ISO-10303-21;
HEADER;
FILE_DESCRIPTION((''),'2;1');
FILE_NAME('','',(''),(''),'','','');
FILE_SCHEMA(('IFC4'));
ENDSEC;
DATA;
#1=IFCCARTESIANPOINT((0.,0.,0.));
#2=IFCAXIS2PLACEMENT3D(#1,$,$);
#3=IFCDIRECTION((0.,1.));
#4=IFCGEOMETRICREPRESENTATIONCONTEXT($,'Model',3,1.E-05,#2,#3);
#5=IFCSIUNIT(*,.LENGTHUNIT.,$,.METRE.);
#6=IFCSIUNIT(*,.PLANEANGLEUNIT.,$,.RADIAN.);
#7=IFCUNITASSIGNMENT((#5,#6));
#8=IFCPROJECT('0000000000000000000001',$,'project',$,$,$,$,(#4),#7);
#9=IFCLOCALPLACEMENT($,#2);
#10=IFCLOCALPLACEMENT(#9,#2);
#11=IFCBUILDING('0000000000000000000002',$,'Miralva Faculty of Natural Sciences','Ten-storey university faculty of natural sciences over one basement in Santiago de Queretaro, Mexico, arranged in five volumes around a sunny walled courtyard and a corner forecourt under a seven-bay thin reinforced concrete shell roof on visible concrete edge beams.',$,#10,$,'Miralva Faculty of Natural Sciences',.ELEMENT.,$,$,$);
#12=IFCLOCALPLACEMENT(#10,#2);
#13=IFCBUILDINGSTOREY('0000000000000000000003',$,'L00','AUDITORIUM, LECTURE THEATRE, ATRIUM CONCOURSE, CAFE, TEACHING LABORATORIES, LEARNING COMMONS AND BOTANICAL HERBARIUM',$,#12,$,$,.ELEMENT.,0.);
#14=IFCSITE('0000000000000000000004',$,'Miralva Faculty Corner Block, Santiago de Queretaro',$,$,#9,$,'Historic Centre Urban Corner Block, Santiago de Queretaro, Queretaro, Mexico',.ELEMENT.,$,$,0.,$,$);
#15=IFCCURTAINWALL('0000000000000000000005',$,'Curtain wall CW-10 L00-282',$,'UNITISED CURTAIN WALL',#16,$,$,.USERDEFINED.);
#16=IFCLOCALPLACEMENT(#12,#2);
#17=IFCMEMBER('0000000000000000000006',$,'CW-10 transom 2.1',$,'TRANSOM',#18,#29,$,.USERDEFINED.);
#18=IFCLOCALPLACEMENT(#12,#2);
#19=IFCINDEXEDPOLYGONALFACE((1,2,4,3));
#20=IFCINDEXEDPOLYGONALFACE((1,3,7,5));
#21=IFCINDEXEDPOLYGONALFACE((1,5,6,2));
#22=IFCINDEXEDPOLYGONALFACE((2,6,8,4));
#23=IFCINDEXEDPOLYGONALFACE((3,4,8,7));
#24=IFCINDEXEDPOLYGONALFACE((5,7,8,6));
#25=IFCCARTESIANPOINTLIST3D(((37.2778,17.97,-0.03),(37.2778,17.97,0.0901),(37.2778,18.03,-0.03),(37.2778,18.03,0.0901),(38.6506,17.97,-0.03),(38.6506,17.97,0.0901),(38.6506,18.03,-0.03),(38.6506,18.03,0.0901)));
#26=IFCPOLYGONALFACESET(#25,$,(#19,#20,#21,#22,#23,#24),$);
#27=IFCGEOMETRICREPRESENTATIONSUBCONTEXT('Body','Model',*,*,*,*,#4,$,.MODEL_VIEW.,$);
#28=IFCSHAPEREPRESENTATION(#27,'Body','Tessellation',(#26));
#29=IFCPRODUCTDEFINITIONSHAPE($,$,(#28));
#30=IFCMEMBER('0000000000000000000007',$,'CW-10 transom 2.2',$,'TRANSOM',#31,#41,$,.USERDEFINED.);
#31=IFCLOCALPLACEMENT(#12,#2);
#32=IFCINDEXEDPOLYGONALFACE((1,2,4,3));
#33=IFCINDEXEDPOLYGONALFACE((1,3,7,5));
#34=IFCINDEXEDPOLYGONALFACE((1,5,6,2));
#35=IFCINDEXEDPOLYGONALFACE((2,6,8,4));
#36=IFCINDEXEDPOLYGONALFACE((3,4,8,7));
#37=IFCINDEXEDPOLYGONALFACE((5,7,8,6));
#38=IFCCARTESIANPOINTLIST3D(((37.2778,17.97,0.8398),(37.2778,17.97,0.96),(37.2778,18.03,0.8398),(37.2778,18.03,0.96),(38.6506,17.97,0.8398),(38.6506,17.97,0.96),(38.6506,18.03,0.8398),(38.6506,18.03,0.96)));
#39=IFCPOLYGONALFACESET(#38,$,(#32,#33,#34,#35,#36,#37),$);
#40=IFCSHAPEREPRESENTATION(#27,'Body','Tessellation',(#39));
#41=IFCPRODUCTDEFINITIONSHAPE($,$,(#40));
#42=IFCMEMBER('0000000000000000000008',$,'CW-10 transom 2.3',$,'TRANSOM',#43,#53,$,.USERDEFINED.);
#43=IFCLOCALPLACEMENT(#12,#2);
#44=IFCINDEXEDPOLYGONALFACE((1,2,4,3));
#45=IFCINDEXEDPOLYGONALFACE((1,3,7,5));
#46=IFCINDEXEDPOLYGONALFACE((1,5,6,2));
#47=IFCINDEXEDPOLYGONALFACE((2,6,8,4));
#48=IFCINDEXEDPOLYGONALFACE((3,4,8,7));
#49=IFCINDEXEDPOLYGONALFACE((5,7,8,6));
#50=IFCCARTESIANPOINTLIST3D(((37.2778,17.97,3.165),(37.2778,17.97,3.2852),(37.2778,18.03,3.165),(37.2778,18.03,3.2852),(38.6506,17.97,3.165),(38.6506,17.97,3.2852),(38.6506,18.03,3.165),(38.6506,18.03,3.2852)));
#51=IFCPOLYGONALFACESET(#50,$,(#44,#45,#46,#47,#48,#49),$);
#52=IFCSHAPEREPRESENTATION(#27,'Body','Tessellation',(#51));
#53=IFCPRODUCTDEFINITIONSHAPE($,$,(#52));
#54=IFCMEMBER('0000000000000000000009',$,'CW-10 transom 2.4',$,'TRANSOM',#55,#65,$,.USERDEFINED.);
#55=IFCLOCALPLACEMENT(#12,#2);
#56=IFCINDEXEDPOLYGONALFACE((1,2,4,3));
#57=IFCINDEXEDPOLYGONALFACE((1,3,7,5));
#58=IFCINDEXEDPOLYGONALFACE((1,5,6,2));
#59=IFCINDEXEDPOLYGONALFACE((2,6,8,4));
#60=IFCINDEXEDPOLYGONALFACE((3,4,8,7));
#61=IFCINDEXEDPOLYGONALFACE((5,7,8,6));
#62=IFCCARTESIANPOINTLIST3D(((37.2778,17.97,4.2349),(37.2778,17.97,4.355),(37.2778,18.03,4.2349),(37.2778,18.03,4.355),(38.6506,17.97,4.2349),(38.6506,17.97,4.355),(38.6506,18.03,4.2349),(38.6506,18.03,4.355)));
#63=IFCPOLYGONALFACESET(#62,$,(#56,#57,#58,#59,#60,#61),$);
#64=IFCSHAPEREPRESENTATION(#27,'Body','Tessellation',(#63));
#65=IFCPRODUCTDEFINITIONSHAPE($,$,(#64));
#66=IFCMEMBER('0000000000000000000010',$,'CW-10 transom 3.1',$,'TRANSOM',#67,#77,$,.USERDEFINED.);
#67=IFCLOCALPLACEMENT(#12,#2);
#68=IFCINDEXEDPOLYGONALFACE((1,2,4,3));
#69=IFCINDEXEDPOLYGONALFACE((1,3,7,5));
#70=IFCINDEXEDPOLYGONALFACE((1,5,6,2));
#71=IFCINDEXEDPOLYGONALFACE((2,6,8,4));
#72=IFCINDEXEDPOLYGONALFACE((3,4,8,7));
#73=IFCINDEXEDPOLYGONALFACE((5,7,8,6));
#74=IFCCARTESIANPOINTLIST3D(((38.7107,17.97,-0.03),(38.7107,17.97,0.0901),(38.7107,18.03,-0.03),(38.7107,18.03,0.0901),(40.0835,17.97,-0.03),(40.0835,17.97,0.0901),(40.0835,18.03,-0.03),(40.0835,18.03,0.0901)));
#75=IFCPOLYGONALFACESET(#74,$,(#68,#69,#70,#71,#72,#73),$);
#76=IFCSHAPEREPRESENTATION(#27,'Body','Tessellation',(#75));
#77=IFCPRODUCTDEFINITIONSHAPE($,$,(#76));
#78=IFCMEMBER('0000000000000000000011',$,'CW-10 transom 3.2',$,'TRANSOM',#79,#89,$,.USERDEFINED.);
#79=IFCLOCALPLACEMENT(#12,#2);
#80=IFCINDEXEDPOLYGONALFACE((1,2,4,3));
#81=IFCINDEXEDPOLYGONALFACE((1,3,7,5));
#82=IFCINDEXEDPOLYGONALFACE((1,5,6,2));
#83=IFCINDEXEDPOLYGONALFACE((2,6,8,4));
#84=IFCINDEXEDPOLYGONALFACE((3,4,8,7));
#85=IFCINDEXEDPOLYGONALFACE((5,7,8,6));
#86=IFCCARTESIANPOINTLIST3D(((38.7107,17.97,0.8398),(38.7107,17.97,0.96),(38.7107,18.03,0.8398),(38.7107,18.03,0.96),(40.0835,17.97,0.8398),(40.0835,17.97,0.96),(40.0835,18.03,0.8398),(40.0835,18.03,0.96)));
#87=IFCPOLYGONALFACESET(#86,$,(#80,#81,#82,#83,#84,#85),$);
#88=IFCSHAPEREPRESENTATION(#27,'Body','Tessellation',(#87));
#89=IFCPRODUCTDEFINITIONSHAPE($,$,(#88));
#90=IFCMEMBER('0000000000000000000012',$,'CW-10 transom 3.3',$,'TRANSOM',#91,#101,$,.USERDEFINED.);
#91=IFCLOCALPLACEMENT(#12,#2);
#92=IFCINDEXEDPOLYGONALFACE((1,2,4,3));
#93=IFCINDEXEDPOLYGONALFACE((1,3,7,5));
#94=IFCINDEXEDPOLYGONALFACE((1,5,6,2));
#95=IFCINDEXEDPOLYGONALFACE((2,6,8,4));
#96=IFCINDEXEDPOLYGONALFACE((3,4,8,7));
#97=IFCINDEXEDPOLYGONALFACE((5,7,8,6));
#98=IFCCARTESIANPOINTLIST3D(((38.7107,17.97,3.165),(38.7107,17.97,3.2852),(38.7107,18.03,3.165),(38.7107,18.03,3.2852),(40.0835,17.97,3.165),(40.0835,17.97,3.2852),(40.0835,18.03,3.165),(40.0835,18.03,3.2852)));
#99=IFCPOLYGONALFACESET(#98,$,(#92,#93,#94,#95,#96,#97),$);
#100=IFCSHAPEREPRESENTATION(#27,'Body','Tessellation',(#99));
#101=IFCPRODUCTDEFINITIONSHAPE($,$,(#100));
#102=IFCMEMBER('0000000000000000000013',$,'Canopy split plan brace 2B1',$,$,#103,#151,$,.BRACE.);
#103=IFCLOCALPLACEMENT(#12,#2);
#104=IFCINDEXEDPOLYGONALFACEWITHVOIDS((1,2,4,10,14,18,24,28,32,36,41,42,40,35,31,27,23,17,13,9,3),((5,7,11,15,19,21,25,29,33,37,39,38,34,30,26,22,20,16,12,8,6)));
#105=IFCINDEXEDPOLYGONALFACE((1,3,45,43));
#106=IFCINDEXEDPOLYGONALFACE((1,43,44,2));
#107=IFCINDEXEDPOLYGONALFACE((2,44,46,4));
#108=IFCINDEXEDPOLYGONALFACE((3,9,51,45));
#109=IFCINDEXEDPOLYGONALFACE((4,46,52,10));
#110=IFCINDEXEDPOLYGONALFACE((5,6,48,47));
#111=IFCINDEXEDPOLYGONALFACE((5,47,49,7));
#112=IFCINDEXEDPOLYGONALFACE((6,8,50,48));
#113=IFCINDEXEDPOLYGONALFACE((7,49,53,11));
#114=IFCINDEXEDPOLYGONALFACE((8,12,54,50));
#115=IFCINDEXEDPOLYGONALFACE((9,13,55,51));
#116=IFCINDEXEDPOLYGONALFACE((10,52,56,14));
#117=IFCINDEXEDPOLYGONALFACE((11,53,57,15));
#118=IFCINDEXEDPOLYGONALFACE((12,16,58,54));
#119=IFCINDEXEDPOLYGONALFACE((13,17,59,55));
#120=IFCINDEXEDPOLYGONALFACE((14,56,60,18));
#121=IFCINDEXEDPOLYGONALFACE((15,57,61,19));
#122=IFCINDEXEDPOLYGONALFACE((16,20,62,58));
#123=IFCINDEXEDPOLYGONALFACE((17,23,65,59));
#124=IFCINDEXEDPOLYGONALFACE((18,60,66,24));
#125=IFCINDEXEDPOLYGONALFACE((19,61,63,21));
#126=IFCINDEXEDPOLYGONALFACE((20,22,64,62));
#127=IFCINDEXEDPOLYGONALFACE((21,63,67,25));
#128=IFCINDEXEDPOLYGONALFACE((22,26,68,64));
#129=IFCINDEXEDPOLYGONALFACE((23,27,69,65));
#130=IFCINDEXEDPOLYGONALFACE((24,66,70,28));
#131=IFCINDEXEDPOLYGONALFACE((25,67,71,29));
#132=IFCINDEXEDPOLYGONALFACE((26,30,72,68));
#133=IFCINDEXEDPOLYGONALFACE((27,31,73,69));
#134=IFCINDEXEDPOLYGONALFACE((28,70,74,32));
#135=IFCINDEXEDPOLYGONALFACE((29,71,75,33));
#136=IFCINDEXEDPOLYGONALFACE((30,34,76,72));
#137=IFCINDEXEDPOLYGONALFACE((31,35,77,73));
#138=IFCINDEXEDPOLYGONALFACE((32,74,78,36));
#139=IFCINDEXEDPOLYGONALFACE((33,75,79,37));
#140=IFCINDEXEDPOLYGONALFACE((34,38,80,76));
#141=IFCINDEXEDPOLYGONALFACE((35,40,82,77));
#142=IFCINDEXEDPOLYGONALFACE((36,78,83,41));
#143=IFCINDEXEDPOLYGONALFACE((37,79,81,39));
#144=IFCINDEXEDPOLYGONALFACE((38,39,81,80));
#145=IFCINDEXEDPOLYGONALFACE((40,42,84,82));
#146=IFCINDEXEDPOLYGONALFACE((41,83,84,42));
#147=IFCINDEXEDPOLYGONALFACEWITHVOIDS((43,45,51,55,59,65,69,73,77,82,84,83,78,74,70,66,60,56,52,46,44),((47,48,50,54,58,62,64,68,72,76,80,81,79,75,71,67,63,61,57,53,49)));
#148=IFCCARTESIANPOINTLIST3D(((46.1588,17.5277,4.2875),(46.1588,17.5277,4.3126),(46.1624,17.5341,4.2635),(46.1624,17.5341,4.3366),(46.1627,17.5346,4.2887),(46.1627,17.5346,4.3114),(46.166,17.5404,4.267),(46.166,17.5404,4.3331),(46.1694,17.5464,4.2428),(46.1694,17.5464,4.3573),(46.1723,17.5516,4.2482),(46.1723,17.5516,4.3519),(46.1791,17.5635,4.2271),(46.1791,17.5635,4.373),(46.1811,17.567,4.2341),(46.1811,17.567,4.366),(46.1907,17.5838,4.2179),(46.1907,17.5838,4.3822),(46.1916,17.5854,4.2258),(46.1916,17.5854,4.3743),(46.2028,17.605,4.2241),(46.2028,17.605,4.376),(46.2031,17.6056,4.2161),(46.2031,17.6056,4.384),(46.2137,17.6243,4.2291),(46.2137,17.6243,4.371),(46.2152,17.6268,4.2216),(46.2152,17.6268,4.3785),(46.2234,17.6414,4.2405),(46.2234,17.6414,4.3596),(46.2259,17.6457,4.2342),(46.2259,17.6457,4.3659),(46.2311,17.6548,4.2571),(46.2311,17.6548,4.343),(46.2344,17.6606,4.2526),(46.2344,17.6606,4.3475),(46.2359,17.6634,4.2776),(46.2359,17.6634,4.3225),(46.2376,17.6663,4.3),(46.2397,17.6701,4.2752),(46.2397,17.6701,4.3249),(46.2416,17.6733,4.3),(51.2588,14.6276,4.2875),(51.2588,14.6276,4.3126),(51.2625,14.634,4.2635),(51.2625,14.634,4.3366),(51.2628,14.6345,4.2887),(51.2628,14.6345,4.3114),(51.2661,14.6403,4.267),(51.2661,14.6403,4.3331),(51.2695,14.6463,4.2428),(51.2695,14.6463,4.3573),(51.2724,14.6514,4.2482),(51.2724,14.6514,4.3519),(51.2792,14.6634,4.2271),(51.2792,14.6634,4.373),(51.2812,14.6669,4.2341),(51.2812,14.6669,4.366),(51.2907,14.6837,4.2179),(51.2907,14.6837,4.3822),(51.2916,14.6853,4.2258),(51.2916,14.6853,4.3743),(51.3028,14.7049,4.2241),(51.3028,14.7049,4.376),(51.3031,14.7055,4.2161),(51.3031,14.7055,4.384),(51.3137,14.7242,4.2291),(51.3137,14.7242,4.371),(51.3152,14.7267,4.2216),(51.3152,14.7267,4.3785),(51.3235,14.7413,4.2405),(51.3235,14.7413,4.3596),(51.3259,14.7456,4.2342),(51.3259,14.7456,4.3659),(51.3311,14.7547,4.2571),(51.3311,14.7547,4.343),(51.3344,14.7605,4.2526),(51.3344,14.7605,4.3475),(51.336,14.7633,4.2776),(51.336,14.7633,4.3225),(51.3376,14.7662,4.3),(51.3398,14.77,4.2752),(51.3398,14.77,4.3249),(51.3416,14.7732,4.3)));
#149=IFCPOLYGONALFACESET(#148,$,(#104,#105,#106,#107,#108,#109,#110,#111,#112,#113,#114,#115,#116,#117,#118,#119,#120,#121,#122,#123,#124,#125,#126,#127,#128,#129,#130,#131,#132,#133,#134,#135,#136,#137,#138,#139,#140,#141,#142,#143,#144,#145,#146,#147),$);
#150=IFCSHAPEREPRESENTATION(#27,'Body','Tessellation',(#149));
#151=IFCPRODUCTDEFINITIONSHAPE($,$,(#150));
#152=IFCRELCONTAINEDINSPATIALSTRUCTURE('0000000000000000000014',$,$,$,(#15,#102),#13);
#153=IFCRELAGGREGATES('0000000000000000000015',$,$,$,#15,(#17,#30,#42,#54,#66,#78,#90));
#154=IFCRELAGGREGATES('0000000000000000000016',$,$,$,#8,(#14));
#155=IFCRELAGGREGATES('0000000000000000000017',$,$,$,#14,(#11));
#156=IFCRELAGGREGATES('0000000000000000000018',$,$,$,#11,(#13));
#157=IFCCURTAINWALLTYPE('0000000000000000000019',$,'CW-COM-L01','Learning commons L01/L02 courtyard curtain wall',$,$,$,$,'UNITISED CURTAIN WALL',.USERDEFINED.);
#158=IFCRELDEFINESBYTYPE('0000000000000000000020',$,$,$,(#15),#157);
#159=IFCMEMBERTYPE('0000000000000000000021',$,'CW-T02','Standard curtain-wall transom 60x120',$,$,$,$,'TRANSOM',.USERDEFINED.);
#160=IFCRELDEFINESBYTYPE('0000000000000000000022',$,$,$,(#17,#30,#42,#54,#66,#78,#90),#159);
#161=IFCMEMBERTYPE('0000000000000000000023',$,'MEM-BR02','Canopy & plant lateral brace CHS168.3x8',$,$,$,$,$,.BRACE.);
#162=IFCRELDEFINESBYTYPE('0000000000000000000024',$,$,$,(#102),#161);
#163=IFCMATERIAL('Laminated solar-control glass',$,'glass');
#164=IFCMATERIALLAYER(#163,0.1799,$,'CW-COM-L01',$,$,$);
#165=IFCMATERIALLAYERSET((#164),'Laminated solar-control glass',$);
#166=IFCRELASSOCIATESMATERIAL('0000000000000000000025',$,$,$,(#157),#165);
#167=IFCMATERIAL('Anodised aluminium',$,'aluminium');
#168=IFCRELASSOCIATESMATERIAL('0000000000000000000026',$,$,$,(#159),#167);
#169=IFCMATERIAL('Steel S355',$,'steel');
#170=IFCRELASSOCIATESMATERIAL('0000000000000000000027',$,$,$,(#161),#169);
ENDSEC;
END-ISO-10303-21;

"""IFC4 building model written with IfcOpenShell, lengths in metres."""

from ifc_helpers import new_model, si_unit, direction, frame, origin, origin_2d, place, context, subcontext, project, spatial, rectangle, hollow_circle, extrude, material, layer, layer_set, material_profile, profile_set, type_object, element, aggregate, save


model = new_model("IFC4")

# Units and contexts
model_context = context("Model", 3, precision=1e-05, world=origin(), true_north=direction((0.0, 1.0)))
body_context = subcontext(model_context, "Body", "Model", "MODEL_VIEW")
ifc_project = project(units=[si_unit("LENGTHUNIT", "METRE"), si_unit("PLANEANGLEUNIT", "RADIAN")], contexts=[model_context])

# Site, building, storey
site_placement = place(None, origin())
site = spatial("IfcSite", under=ifc_project, at=site_placement, Name="Miralva Faculty Corner Block, Santiago de Queretaro", LongName="Historic Centre Urban Corner Block, Santiago de Queretaro, Queretaro, Mexico", CompositionType="ELEMENT", RefElevation=0.0)
building_placement = place(site_placement, origin())
building = spatial("IfcBuilding", under=site, at=building_placement, Name="Miralva Faculty of Natural Sciences", Description="Ten-storey university faculty of natural sciences over one basement in Santiago de Queretaro, Mexico, arranged in five volumes around a sunny walled courtyard and a corner forecourt under a seven-bay thin reinforced concrete shell roof on visible concrete edge beams.", LongName="Miralva Faculty of Natural Sciences", CompositionType="ELEMENT")
storey_placement = place(building_placement, origin())
storey = spatial("IfcBuildingStorey", under=building, at=storey_placement, Name="L00", Description="AUDITORIUM, LECTURE THEATRE, ATRIUM CONCOURSE, CAFE, TEACHING LABORATORIES, LEARNING COMMONS AND BOTANICAL HERBARIUM", CompositionType="ELEMENT", Elevation=0.0)

# Curtain wall
ifc_material_1 = material(Name="Laminated solar-control glass", Category="glass")
ifc_material_2 = material(Name="Anodised aluminium", Category="aluminium")
ifc_layer_1 = layer(ifc_material_1, 0.1799, Name="CW-COM-L01")
ifc_layer_set_1 = layer_set([ifc_layer_1], Name="Laminated solar-control glass")
curtain_wall_type_1 = type_object("IfcCurtainWallType", Name="CW-COM-L01", Description="Learning commons L01/L02 courtyard curtain wall", ElementType="UNITISED CURTAIN WALL", PredefinedType="USERDEFINED", material=ifc_layer_set_1)
curtain_wall_1_placement = place(storey_placement, origin())
curtain_wall_1 = element("IfcCurtainWall", 1, at=curtain_wall_1_placement, inside=storey, type_object=curtain_wall_type_1, Name="Curtain wall CW-10 L00-282", ObjectType="UNITISED CURTAIN WALL", PredefinedType="USERDEFINED")

# Members
ifc_material_profile_1 = material_profile(ifc_material_2, rectangle(XDim=0.0601, YDim=0.1201, at=origin_2d()), Name="TRANSOM 60x120")
ifc_profile_set_1 = profile_set([ifc_material_profile_1], Name="Anodised aluminium")
member_type_1 = type_object("IfcMemberType", Name="CW-T02", Description="Standard curtain-wall transom 60x120", ElementType="TRANSOM", PredefinedType="USERDEFINED", material=ifc_profile_set_1)
member_1_placement = place(storey_placement, frame((37.2778, 18.0, 0.03), z_axis=(1.0, 0.0, 0.0), x_axis=(0.0, 1.0, 0.0)))
member_1 = element("IfcMember", 2, at=member_1_placement, type_object=member_type_1, Name="CW-10 transom 2.1", ObjectType="TRANSOM", PredefinedType="USERDEFINED", context=body_context, shape_type="SweptSolid", body=[
    extrude(rectangle(XDim=0.0601, YDim=0.1201, at=origin_2d()), origin(), (0.0, 0.0, 1.0), 1.3728),
])
member_2_placement = place(storey_placement, frame((37.2778, 18.0, 0.8999), z_axis=(1.0, 0.0, 0.0), x_axis=(0.0, 1.0, 0.0)))
member_2 = element("IfcMember", 3, at=member_2_placement, type_object=member_type_1, Name="CW-10 transom 2.2", ObjectType="TRANSOM", PredefinedType="USERDEFINED", context=body_context, shape_type="SweptSolid", body=[
    extrude(rectangle(XDim=0.0601, YDim=0.1201, at=origin_2d()), origin(), (0.0, 0.0, 1.0), 1.3728),
])
member_3_placement = place(storey_placement, frame((37.2778, 18.0, 3.2251), z_axis=(1.0, 0.0, 0.0), x_axis=(0.0, 1.0, 0.0)))
member_3 = element("IfcMember", 4, at=member_3_placement, type_object=member_type_1, Name="CW-10 transom 2.3", ObjectType="TRANSOM", PredefinedType="USERDEFINED", context=body_context, shape_type="SweptSolid", body=[
    extrude(rectangle(XDim=0.0601, YDim=0.1201, at=origin_2d()), origin(), (0.0, 0.0, 1.0), 1.3728),
])
member_4_placement = place(storey_placement, frame((37.2778, 18.0, 4.2949), z_axis=(1.0, 0.0, 0.0), x_axis=(0.0, 1.0, 0.0)))
member_4 = element("IfcMember", 5, at=member_4_placement, type_object=member_type_1, Name="CW-10 transom 2.4", ObjectType="TRANSOM", PredefinedType="USERDEFINED", context=body_context, shape_type="SweptSolid", body=[
    extrude(rectangle(XDim=0.0601, YDim=0.1201, at=origin_2d()), origin(), (0.0, 0.0, 1.0), 1.3728),
])
member_5_placement = place(storey_placement, frame((38.7107, 18.0, 0.03), z_axis=(1.0, 0.0, 0.0), x_axis=(0.0, 1.0, 0.0)))
member_5 = element("IfcMember", 6, at=member_5_placement, type_object=member_type_1, Name="CW-10 transom 3.1", ObjectType="TRANSOM", PredefinedType="USERDEFINED", context=body_context, shape_type="SweptSolid", body=[
    extrude(rectangle(XDim=0.0601, YDim=0.1201, at=origin_2d()), origin(), (0.0, 0.0, 1.0), 1.3728),
])
member_6_placement = place(storey_placement, frame((38.7107, 18.0, 0.8999), z_axis=(1.0, 0.0, 0.0), x_axis=(0.0, 1.0, 0.0)))
member_6 = element("IfcMember", 7, at=member_6_placement, type_object=member_type_1, Name="CW-10 transom 3.2", ObjectType="TRANSOM", PredefinedType="USERDEFINED", context=body_context, shape_type="SweptSolid", body=[
    extrude(rectangle(XDim=0.0601, YDim=0.1201, at=origin_2d()), origin(), (0.0, 0.0, 1.0), 1.3728),
])
member_7_placement = place(storey_placement, frame((38.7107, 18.0, 3.2251), z_axis=(1.0, 0.0, 0.0), x_axis=(0.0, 1.0, 0.0)))
member_7 = element("IfcMember", 8, at=member_7_placement, type_object=member_type_1, Name="CW-10 transom 3.3", ObjectType="TRANSOM", PredefinedType="USERDEFINED", context=body_context, shape_type="SweptSolid", body=[
    extrude(rectangle(XDim=0.0601, YDim=0.1201, at=origin_2d()), origin(), (0.0, 0.0, 1.0), 1.3728),
])

# Member
ifc_material_3 = material(Name="Steel S355", Category="steel")
ifc_material_profile_2 = material_profile(ifc_material_3, hollow_circle(Radius=0.0842, WallThickness=0.0081, at=origin_2d()), Name="CHS 168.3x8")
ifc_profile_set_2 = profile_set([ifc_material_profile_2], Name="Steel S355")
member_type_2 = type_object("IfcMemberType", Name="MEM-BR02", Description="Canopy & plant lateral brace CHS168.3x8", PredefinedType="BRACE", material=ifc_profile_set_2)
member_8_placement = place(storey_placement, frame((46.2, 17.6001, 4.3), z_axis=(0.869283, -0.494314, 0.0), x_axis=(0.494314, 0.869283, 0.0)))
element("IfcMember", 9, at=member_8_placement, inside=storey, type_object=member_type_2, Name="Canopy split plan brace 2B1", PredefinedType="BRACE", context=body_context, shape_type="SweptSolid", body=[
    extrude(hollow_circle(Radius=0.0842, WallThickness=0.0081, at=origin_2d()), origin(), (0.0, 0.0, 1.0), 5.8669),
])

aggregate(curtain_wall_1, [member_1, member_2, member_3, member_4, member_5, member_6, member_7])

save(model, "model.ifc")
